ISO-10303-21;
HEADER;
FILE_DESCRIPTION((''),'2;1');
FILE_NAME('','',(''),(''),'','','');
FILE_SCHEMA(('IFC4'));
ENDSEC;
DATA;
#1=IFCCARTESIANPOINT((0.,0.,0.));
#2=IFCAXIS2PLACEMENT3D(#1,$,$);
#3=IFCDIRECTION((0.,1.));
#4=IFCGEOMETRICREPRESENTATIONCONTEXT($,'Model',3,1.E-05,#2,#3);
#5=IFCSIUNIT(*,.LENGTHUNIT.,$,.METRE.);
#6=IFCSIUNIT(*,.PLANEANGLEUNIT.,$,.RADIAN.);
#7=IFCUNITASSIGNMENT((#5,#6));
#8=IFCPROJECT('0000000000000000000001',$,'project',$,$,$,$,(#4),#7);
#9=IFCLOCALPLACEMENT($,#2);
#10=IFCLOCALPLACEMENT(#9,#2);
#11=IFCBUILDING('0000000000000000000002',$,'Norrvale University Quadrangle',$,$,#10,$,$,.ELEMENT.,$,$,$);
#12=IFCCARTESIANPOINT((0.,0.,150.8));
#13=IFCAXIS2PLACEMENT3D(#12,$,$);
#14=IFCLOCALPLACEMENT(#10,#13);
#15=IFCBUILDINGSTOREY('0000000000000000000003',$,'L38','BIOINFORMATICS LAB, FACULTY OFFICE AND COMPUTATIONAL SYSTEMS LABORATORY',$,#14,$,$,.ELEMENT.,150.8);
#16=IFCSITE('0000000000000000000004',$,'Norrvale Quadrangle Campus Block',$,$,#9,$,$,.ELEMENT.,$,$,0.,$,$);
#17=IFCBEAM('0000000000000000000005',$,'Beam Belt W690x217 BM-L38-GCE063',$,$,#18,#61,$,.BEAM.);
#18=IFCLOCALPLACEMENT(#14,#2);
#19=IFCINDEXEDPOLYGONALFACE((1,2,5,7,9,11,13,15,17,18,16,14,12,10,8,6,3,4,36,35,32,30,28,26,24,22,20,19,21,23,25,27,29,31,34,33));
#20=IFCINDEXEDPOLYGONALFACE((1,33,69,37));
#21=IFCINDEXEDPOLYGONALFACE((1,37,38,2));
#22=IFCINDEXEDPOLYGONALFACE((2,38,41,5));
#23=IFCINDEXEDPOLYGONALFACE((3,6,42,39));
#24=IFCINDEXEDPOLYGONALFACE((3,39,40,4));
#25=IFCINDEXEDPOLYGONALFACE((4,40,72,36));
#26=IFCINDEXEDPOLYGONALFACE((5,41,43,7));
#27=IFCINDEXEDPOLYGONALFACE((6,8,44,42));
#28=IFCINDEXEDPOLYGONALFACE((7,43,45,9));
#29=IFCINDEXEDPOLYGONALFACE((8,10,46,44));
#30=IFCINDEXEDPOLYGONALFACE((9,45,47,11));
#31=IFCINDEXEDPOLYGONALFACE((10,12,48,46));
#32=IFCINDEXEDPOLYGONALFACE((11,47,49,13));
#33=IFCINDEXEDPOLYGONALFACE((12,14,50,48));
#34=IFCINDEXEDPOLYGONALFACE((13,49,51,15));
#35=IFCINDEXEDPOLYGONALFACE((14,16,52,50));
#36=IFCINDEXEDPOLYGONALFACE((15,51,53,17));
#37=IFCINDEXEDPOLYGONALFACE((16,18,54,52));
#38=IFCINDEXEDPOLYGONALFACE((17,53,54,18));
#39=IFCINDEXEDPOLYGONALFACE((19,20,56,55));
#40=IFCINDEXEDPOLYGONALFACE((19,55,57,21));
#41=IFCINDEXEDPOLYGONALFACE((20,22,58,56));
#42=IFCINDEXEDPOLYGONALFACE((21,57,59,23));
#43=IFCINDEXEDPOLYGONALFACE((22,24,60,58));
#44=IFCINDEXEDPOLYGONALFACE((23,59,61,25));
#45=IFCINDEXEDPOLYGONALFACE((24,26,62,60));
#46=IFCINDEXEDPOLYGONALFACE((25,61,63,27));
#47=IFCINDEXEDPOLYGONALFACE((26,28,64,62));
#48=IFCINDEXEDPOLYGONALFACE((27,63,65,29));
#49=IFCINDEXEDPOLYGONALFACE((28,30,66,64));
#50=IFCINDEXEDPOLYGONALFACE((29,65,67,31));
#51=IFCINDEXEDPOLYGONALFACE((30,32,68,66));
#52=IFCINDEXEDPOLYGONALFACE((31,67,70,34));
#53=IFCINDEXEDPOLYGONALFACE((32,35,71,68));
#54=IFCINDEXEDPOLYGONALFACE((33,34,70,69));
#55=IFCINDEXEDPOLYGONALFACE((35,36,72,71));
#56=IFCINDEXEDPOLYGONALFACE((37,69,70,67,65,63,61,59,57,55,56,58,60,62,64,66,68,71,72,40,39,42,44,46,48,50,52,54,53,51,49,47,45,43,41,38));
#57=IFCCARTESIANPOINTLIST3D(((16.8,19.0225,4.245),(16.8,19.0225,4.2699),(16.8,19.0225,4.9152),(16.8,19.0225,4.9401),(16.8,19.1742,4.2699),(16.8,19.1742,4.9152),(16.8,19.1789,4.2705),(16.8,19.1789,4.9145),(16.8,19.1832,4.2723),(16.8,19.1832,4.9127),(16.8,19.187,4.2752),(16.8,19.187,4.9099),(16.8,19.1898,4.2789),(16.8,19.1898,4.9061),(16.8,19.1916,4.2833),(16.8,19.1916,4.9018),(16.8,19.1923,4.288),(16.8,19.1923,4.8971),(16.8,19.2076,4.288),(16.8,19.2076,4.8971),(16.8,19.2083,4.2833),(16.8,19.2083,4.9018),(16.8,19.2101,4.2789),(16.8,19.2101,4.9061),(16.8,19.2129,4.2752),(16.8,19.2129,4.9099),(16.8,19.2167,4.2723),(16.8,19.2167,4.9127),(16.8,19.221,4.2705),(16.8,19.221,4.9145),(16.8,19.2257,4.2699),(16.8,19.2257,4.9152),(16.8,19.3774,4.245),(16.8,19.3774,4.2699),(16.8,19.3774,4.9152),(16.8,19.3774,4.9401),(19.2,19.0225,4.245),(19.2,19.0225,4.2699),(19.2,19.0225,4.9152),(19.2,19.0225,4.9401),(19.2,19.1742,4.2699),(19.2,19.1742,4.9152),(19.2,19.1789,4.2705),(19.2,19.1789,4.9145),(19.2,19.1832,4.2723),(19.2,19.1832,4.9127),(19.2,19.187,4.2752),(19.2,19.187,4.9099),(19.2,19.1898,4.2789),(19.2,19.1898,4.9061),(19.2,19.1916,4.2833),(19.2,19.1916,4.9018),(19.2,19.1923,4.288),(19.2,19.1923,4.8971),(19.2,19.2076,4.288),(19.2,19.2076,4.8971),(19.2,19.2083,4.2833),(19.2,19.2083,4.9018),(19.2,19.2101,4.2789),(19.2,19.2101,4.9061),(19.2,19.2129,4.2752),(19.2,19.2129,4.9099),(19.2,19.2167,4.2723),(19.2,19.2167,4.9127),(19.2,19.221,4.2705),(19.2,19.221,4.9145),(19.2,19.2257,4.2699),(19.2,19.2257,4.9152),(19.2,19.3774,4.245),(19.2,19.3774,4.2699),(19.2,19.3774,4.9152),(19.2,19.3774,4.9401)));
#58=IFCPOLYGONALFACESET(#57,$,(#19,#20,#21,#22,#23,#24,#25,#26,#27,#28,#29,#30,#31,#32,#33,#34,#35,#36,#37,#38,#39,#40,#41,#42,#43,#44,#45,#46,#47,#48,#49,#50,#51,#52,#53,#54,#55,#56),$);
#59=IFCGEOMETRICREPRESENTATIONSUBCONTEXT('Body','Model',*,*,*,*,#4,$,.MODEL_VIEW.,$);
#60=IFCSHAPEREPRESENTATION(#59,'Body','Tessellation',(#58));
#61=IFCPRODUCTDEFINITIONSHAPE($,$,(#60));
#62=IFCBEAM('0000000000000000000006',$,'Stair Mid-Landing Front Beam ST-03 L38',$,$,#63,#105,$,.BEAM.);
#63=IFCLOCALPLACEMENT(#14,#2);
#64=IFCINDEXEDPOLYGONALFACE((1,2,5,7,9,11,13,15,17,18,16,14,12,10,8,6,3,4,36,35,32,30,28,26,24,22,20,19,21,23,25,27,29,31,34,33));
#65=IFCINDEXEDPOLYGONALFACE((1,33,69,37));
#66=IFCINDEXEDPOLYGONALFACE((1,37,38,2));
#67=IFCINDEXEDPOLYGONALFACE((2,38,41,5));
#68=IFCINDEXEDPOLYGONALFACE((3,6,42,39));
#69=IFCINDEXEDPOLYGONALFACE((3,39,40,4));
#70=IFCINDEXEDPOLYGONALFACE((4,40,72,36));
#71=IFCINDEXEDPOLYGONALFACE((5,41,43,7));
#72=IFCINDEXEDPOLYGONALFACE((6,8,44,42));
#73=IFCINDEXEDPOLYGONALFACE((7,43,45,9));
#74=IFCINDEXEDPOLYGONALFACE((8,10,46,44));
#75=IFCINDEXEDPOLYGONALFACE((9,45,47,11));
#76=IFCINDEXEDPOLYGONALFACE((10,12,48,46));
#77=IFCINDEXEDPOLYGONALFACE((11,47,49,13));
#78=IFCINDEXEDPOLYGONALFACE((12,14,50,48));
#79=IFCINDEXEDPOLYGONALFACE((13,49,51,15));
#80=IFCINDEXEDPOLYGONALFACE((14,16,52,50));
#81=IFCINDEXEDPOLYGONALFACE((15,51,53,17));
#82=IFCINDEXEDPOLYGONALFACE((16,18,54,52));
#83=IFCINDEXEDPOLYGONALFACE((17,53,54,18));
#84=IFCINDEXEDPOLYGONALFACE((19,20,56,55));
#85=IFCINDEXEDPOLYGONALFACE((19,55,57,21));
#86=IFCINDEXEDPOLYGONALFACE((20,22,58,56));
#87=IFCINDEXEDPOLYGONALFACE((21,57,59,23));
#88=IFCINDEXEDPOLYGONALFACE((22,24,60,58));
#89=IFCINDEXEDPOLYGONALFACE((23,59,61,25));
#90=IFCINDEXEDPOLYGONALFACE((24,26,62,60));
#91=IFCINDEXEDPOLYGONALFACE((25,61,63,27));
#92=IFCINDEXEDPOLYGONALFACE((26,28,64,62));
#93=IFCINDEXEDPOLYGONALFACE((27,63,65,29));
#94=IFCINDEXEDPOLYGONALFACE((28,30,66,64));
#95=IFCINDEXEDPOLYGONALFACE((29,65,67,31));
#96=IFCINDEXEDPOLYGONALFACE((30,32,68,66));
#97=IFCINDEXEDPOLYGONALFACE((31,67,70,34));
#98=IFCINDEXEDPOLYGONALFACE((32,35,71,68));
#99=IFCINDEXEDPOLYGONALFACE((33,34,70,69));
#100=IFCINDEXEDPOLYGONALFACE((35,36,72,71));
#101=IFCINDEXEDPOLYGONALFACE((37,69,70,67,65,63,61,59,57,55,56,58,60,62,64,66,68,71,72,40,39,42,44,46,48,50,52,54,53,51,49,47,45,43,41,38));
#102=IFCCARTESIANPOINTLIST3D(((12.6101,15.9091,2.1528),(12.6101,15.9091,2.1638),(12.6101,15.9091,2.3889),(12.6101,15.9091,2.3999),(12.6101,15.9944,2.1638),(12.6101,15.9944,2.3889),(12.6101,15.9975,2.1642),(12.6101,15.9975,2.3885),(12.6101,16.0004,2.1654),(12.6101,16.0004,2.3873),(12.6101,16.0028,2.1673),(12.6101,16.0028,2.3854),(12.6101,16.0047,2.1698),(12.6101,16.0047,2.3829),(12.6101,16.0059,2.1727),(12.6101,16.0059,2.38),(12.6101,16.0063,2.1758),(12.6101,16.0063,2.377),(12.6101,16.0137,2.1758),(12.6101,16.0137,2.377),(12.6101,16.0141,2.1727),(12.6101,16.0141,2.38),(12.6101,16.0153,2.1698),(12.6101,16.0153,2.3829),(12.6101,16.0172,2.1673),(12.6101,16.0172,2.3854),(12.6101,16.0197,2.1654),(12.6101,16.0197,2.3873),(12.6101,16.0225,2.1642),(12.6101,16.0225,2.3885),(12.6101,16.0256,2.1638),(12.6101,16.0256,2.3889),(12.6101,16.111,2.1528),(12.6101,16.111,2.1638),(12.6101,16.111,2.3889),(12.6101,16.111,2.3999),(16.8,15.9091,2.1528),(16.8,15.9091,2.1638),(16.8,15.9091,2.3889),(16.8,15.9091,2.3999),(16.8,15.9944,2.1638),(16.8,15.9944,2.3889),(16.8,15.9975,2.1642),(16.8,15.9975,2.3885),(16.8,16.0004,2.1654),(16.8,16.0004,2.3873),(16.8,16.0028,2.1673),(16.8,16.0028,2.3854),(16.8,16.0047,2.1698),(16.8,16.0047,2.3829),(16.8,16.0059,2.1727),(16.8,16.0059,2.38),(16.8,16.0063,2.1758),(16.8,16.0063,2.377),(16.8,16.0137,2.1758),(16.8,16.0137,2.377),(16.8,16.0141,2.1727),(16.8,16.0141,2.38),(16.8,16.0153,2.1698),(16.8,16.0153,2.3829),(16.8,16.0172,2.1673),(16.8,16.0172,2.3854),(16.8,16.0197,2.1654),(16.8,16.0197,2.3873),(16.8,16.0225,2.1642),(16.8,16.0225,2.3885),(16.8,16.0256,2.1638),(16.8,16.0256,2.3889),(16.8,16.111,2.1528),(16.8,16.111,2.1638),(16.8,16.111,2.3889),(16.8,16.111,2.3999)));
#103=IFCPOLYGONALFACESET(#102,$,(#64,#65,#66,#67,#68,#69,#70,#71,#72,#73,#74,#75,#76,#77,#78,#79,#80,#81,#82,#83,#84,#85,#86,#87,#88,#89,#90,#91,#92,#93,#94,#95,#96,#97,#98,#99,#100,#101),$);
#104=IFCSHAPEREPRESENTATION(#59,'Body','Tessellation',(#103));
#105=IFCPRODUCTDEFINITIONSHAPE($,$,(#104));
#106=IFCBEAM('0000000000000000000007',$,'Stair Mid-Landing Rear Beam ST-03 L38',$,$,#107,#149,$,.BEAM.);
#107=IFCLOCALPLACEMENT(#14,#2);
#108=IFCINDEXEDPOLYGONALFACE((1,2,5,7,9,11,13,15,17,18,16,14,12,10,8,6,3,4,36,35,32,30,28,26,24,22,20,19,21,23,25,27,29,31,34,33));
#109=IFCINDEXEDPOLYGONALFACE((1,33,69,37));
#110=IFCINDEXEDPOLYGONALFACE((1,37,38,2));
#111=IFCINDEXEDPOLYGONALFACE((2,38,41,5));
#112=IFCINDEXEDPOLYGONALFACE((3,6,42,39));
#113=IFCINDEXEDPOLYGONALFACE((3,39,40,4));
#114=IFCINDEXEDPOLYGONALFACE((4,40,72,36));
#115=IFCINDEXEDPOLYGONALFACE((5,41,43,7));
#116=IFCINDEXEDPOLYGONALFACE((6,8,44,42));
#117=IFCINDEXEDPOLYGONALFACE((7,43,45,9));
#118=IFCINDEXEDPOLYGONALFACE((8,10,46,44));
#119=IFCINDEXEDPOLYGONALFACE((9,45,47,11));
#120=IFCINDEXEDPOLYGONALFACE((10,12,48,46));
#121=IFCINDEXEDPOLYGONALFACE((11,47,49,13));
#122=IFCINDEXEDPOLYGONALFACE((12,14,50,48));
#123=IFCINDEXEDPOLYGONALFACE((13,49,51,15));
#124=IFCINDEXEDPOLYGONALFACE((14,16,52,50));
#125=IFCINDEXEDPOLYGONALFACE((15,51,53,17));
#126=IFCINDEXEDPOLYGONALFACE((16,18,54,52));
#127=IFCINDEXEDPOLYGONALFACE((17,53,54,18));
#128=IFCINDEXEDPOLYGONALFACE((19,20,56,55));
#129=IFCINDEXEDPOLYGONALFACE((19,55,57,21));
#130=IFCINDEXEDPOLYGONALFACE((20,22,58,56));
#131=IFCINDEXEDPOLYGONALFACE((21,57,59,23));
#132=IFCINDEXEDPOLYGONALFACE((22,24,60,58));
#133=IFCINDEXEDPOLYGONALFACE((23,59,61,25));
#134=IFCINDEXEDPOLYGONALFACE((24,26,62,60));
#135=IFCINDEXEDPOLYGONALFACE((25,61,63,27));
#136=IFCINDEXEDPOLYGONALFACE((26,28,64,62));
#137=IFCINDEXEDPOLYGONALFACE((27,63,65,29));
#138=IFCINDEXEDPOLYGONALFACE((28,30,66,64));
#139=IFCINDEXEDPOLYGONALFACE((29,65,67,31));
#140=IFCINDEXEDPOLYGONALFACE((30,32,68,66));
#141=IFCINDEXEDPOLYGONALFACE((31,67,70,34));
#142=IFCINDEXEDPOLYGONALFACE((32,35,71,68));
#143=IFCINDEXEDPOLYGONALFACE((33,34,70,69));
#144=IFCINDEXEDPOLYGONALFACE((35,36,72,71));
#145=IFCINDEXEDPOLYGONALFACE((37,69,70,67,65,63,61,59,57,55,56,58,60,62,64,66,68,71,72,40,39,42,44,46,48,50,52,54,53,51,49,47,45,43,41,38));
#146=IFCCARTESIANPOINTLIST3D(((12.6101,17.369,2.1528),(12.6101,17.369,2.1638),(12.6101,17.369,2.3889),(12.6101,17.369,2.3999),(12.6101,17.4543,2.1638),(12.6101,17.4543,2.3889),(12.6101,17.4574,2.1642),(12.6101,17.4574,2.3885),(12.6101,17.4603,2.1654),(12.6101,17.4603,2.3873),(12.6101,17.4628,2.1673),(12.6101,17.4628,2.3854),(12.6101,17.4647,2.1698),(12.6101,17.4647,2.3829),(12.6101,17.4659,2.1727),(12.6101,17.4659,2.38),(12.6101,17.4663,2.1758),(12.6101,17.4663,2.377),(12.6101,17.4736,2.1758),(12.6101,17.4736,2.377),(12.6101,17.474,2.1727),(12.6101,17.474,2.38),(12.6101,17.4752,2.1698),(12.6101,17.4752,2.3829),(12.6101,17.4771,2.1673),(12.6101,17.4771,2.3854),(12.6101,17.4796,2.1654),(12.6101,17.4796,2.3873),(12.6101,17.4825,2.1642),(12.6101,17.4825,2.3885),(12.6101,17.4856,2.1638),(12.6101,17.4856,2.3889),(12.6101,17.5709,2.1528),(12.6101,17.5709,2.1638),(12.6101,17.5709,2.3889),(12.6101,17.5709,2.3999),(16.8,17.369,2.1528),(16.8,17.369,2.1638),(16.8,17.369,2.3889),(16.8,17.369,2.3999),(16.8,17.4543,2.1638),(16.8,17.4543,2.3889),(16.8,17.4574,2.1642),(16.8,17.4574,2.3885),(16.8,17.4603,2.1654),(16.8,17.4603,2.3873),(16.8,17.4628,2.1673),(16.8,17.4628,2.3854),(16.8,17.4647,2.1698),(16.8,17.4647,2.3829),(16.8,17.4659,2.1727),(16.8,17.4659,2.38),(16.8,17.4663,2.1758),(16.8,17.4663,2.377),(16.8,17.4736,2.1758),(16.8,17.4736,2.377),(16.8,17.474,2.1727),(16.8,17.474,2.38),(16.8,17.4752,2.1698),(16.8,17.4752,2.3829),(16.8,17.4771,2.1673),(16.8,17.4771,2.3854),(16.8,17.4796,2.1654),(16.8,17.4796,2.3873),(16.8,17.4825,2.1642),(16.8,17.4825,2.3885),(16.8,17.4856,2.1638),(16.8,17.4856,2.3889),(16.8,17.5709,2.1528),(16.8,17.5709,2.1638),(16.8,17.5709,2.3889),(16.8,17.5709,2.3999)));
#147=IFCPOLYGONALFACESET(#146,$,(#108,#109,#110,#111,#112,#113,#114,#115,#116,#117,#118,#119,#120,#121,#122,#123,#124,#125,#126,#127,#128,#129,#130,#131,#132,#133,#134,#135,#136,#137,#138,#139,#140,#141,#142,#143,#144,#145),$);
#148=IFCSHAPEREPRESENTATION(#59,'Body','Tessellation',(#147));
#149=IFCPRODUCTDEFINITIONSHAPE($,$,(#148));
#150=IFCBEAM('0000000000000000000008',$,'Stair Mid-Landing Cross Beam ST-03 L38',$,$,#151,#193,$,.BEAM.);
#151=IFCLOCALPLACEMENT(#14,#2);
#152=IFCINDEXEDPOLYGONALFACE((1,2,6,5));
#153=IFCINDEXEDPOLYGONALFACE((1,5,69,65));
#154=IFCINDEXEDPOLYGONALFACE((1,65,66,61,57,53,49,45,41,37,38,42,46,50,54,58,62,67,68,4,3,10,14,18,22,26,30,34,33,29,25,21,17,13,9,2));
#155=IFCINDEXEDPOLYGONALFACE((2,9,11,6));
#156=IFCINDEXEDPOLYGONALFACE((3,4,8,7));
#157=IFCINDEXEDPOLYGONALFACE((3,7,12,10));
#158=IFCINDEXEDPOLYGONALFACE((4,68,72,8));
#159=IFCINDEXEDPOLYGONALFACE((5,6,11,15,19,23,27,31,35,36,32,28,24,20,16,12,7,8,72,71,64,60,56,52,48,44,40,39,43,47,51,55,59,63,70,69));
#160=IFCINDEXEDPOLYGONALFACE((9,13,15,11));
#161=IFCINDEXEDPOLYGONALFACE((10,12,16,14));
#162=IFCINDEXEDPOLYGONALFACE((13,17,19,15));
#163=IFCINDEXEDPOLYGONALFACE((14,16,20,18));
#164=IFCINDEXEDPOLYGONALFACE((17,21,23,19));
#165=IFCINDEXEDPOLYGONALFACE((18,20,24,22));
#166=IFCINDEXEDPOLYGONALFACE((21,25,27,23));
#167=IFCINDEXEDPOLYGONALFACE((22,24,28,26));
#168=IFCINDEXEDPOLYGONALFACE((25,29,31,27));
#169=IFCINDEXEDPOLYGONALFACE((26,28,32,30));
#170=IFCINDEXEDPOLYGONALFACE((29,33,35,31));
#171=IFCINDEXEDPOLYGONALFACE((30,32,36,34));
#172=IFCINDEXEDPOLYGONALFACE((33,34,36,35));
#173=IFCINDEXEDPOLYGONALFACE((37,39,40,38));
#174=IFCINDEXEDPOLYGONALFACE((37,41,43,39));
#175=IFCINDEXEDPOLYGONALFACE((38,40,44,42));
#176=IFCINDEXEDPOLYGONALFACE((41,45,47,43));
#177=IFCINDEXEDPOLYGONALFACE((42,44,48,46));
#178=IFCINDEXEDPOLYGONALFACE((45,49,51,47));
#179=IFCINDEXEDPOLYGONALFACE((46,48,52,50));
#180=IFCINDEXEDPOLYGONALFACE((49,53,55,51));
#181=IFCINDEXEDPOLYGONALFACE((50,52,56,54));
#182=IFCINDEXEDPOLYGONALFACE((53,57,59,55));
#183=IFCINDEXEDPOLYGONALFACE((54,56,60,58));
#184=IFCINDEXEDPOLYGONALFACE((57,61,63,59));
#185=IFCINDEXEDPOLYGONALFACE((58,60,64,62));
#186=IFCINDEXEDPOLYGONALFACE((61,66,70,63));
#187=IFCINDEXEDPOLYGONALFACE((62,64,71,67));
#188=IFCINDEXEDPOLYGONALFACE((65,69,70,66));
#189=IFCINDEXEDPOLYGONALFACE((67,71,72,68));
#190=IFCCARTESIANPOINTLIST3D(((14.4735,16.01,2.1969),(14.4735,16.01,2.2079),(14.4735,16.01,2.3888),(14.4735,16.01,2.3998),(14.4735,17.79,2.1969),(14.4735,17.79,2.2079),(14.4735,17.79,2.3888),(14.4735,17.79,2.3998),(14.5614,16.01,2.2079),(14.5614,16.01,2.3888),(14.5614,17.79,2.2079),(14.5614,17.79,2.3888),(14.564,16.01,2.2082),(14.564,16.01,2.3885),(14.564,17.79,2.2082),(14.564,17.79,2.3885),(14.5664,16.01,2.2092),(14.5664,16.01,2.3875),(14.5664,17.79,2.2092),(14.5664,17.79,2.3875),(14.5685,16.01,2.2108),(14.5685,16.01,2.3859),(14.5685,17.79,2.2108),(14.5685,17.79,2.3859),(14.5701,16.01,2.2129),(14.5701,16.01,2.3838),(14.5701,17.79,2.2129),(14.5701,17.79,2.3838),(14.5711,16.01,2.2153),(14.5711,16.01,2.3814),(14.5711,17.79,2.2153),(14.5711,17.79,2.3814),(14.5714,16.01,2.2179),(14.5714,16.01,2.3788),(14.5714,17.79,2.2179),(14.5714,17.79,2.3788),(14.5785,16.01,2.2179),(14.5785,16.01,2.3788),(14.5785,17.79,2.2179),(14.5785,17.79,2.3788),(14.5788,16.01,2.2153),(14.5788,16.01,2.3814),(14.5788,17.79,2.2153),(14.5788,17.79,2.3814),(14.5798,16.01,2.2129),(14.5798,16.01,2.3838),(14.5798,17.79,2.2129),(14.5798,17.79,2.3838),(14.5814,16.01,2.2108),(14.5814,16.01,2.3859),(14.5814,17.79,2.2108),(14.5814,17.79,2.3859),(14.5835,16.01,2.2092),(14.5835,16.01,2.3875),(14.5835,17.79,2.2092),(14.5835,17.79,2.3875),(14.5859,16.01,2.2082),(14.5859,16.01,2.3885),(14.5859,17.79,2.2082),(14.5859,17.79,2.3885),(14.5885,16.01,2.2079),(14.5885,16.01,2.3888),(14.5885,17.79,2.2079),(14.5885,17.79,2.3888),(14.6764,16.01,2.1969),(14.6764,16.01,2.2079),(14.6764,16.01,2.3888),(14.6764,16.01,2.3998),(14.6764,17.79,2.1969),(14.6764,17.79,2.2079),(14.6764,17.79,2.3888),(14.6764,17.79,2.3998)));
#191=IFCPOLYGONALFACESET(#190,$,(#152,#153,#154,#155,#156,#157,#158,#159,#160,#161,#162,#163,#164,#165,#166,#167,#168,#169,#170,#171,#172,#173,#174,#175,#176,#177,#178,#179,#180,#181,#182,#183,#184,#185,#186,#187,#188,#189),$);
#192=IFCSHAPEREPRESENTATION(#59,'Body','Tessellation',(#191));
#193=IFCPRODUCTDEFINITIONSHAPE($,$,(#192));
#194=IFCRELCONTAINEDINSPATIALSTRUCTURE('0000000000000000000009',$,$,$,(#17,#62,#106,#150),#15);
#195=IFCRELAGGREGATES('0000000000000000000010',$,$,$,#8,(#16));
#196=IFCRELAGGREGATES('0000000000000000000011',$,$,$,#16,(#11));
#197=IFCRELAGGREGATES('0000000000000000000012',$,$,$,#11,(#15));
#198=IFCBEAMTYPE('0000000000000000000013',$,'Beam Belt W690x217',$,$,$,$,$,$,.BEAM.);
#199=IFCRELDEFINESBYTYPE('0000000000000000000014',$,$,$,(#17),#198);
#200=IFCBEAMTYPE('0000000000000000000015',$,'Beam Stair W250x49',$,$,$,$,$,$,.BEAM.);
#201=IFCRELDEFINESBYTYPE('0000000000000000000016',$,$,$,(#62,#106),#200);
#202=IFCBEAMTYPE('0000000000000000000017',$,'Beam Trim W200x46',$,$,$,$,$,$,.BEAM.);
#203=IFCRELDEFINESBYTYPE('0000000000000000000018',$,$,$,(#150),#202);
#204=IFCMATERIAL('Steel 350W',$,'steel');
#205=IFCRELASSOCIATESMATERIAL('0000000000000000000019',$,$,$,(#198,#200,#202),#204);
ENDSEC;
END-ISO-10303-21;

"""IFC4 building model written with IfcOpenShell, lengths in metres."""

from ifc_helpers import new_model, si_unit, direction, frame, origin, origin_2d, place, context, subcontext, project, spatial, i_section, extrude, material, material_profile, profile_set, type_object, element, save


model = new_model("IFC4")

# Units and contexts
model_context = context("Model", 3, precision=1e-05, world=origin(), true_north=direction((0.0, 1.0)))
body_context = subcontext(model_context, "Body", "Model", "MODEL_VIEW")
ifc_project = project(units=[si_unit("LENGTHUNIT", "METRE"), si_unit("PLANEANGLEUNIT", "RADIAN")], contexts=[model_context])

# Site, building, storey
site_placement = place(None, origin())
site = spatial("IfcSite", under=ifc_project, at=site_placement, Name="Norrvale Quadrangle Campus Block", CompositionType="ELEMENT", RefElevation=0.0)
building_placement = place(site_placement, origin())
building = spatial("IfcBuilding", under=site, at=building_placement, Name="Norrvale University Quadrangle", CompositionType="ELEMENT")
storey_placement = place(building_placement, frame((0.0, 0.0, 150.8)))
storey = spatial("IfcBuildingStorey", under=building, at=storey_placement, Name="L38", Description="BIOINFORMATICS LAB, FACULTY OFFICE AND COMPUTATIONAL SYSTEMS LABORATORY", CompositionType="ELEMENT", Elevation=150.8)

# Beams
ifc_material_1 = material(Name="Steel 350W", Category="steel")
ifc_material_profile_1 = material_profile(ifc_material_1, i_section(OverallWidth=0.355, OverallDepth=0.6951, WebThickness=0.0154, FlangeThickness=0.0249, FilletRadius=0.0181, at=origin_2d()), Name="Steel 350W")
ifc_profile_set_1 = profile_set([ifc_material_profile_1], Name="Steel 350W")
beam_type_1 = type_object("IfcBeamType", Name="Beam Belt W690x217", PredefinedType="BEAM", material=ifc_profile_set_1)
beam_1_placement = place(storey_placement, frame((16.8, 19.2, 4.5925), z_axis=(1.0, 0.0, 0.0), x_axis=(0.0, 1.0, 0.0)))
element("IfcBeam", 1, at=beam_1_placement, inside=storey, type_object=beam_type_1, Name="Beam Belt W690x217 BM-L38-GCE063", PredefinedType="BEAM", context=body_context, shape_type="SweptSolid", body=[
    extrude(i_section(OverallWidth=0.355, OverallDepth=0.6951, WebThickness=0.0154, FlangeThickness=0.0249, FilletRadius=0.0181, at=origin_2d()), origin(), (0.0, 0.0, 1.0), 2.3999),
])
ifc_material_profile_2 = material_profile(ifc_material_1, i_section(OverallWidth=0.2019, OverallDepth=0.2471, WebThickness=0.0073, FlangeThickness=0.011, FilletRadius=0.012, at=origin_2d()), Name="Steel 350W")
ifc_profile_set_2 = profile_set([ifc_material_profile_2], Name="Steel 350W")
beam_type_2 = type_object("IfcBeamType", Name="Beam Stair W250x49", PredefinedType="BEAM", material=ifc_profile_set_2)
for number, where, z_axis, x_axis, name in (
    (2, (12.6101, 16.01, 2.2764), (1.0, 0.0, 0.0), (0.0, 1.0, 0.0), "Stair Mid-Landing Front Beam ST-03 L38"),
    (3, (12.6101, 17.47, 2.2764), (1.0, 0.0, 0.0), (0.0, 1.0, 0.0), "Stair Mid-Landing Rear Beam ST-03 L38"),
):
    element("IfcBeam", number, at=place(storey_placement, frame(where, z_axis=z_axis, x_axis=x_axis)), inside=storey, type_object=beam_type_2, Name=name, PredefinedType="BEAM", context=body_context, shape_type="SweptSolid", body=[
        extrude(i_section(OverallWidth=0.2019, OverallDepth=0.2471, WebThickness=0.0073, FlangeThickness=0.011, FilletRadius=0.012, at=origin_2d()), origin(), (0.0, 0.0, 1.0), 4.1899),
    ])
ifc_material_profile_3 = material_profile(ifc_material_1, i_section(OverallWidth=0.2029, OverallDepth=0.2029, WebThickness=0.0071, FlangeThickness=0.011, FilletRadius=0.01, at=origin_2d()), Name="Steel 350W")
ifc_profile_set_3 = profile_set([ifc_material_profile_3], Name="Steel 350W")
beam_type_3 = type_object("IfcBeamType", Name="Beam Trim W200x46", PredefinedType="BEAM", material=ifc_profile_set_3)
beam_2_placement = place(storey_placement, frame((14.575, 16.01, 2.2983), z_axis=(0.0, 1.0, 0.0), x_axis=(-1.0, 0.0, 0.0)))
element("IfcBeam", 4, at=beam_2_placement, inside=storey, type_object=beam_type_3, Name="Stair Mid-Landing Cross Beam ST-03 L38", PredefinedType="BEAM", context=body_context, shape_type="SweptSolid", body=[
    extrude(i_section(OverallWidth=0.2029, OverallDepth=0.2029, WebThickness=0.0071, FlangeThickness=0.011, FilletRadius=0.01, at=origin_2d()), origin(), (0.0, 0.0, 1.0), 1.78),
])

save(model, "model.ifc")
